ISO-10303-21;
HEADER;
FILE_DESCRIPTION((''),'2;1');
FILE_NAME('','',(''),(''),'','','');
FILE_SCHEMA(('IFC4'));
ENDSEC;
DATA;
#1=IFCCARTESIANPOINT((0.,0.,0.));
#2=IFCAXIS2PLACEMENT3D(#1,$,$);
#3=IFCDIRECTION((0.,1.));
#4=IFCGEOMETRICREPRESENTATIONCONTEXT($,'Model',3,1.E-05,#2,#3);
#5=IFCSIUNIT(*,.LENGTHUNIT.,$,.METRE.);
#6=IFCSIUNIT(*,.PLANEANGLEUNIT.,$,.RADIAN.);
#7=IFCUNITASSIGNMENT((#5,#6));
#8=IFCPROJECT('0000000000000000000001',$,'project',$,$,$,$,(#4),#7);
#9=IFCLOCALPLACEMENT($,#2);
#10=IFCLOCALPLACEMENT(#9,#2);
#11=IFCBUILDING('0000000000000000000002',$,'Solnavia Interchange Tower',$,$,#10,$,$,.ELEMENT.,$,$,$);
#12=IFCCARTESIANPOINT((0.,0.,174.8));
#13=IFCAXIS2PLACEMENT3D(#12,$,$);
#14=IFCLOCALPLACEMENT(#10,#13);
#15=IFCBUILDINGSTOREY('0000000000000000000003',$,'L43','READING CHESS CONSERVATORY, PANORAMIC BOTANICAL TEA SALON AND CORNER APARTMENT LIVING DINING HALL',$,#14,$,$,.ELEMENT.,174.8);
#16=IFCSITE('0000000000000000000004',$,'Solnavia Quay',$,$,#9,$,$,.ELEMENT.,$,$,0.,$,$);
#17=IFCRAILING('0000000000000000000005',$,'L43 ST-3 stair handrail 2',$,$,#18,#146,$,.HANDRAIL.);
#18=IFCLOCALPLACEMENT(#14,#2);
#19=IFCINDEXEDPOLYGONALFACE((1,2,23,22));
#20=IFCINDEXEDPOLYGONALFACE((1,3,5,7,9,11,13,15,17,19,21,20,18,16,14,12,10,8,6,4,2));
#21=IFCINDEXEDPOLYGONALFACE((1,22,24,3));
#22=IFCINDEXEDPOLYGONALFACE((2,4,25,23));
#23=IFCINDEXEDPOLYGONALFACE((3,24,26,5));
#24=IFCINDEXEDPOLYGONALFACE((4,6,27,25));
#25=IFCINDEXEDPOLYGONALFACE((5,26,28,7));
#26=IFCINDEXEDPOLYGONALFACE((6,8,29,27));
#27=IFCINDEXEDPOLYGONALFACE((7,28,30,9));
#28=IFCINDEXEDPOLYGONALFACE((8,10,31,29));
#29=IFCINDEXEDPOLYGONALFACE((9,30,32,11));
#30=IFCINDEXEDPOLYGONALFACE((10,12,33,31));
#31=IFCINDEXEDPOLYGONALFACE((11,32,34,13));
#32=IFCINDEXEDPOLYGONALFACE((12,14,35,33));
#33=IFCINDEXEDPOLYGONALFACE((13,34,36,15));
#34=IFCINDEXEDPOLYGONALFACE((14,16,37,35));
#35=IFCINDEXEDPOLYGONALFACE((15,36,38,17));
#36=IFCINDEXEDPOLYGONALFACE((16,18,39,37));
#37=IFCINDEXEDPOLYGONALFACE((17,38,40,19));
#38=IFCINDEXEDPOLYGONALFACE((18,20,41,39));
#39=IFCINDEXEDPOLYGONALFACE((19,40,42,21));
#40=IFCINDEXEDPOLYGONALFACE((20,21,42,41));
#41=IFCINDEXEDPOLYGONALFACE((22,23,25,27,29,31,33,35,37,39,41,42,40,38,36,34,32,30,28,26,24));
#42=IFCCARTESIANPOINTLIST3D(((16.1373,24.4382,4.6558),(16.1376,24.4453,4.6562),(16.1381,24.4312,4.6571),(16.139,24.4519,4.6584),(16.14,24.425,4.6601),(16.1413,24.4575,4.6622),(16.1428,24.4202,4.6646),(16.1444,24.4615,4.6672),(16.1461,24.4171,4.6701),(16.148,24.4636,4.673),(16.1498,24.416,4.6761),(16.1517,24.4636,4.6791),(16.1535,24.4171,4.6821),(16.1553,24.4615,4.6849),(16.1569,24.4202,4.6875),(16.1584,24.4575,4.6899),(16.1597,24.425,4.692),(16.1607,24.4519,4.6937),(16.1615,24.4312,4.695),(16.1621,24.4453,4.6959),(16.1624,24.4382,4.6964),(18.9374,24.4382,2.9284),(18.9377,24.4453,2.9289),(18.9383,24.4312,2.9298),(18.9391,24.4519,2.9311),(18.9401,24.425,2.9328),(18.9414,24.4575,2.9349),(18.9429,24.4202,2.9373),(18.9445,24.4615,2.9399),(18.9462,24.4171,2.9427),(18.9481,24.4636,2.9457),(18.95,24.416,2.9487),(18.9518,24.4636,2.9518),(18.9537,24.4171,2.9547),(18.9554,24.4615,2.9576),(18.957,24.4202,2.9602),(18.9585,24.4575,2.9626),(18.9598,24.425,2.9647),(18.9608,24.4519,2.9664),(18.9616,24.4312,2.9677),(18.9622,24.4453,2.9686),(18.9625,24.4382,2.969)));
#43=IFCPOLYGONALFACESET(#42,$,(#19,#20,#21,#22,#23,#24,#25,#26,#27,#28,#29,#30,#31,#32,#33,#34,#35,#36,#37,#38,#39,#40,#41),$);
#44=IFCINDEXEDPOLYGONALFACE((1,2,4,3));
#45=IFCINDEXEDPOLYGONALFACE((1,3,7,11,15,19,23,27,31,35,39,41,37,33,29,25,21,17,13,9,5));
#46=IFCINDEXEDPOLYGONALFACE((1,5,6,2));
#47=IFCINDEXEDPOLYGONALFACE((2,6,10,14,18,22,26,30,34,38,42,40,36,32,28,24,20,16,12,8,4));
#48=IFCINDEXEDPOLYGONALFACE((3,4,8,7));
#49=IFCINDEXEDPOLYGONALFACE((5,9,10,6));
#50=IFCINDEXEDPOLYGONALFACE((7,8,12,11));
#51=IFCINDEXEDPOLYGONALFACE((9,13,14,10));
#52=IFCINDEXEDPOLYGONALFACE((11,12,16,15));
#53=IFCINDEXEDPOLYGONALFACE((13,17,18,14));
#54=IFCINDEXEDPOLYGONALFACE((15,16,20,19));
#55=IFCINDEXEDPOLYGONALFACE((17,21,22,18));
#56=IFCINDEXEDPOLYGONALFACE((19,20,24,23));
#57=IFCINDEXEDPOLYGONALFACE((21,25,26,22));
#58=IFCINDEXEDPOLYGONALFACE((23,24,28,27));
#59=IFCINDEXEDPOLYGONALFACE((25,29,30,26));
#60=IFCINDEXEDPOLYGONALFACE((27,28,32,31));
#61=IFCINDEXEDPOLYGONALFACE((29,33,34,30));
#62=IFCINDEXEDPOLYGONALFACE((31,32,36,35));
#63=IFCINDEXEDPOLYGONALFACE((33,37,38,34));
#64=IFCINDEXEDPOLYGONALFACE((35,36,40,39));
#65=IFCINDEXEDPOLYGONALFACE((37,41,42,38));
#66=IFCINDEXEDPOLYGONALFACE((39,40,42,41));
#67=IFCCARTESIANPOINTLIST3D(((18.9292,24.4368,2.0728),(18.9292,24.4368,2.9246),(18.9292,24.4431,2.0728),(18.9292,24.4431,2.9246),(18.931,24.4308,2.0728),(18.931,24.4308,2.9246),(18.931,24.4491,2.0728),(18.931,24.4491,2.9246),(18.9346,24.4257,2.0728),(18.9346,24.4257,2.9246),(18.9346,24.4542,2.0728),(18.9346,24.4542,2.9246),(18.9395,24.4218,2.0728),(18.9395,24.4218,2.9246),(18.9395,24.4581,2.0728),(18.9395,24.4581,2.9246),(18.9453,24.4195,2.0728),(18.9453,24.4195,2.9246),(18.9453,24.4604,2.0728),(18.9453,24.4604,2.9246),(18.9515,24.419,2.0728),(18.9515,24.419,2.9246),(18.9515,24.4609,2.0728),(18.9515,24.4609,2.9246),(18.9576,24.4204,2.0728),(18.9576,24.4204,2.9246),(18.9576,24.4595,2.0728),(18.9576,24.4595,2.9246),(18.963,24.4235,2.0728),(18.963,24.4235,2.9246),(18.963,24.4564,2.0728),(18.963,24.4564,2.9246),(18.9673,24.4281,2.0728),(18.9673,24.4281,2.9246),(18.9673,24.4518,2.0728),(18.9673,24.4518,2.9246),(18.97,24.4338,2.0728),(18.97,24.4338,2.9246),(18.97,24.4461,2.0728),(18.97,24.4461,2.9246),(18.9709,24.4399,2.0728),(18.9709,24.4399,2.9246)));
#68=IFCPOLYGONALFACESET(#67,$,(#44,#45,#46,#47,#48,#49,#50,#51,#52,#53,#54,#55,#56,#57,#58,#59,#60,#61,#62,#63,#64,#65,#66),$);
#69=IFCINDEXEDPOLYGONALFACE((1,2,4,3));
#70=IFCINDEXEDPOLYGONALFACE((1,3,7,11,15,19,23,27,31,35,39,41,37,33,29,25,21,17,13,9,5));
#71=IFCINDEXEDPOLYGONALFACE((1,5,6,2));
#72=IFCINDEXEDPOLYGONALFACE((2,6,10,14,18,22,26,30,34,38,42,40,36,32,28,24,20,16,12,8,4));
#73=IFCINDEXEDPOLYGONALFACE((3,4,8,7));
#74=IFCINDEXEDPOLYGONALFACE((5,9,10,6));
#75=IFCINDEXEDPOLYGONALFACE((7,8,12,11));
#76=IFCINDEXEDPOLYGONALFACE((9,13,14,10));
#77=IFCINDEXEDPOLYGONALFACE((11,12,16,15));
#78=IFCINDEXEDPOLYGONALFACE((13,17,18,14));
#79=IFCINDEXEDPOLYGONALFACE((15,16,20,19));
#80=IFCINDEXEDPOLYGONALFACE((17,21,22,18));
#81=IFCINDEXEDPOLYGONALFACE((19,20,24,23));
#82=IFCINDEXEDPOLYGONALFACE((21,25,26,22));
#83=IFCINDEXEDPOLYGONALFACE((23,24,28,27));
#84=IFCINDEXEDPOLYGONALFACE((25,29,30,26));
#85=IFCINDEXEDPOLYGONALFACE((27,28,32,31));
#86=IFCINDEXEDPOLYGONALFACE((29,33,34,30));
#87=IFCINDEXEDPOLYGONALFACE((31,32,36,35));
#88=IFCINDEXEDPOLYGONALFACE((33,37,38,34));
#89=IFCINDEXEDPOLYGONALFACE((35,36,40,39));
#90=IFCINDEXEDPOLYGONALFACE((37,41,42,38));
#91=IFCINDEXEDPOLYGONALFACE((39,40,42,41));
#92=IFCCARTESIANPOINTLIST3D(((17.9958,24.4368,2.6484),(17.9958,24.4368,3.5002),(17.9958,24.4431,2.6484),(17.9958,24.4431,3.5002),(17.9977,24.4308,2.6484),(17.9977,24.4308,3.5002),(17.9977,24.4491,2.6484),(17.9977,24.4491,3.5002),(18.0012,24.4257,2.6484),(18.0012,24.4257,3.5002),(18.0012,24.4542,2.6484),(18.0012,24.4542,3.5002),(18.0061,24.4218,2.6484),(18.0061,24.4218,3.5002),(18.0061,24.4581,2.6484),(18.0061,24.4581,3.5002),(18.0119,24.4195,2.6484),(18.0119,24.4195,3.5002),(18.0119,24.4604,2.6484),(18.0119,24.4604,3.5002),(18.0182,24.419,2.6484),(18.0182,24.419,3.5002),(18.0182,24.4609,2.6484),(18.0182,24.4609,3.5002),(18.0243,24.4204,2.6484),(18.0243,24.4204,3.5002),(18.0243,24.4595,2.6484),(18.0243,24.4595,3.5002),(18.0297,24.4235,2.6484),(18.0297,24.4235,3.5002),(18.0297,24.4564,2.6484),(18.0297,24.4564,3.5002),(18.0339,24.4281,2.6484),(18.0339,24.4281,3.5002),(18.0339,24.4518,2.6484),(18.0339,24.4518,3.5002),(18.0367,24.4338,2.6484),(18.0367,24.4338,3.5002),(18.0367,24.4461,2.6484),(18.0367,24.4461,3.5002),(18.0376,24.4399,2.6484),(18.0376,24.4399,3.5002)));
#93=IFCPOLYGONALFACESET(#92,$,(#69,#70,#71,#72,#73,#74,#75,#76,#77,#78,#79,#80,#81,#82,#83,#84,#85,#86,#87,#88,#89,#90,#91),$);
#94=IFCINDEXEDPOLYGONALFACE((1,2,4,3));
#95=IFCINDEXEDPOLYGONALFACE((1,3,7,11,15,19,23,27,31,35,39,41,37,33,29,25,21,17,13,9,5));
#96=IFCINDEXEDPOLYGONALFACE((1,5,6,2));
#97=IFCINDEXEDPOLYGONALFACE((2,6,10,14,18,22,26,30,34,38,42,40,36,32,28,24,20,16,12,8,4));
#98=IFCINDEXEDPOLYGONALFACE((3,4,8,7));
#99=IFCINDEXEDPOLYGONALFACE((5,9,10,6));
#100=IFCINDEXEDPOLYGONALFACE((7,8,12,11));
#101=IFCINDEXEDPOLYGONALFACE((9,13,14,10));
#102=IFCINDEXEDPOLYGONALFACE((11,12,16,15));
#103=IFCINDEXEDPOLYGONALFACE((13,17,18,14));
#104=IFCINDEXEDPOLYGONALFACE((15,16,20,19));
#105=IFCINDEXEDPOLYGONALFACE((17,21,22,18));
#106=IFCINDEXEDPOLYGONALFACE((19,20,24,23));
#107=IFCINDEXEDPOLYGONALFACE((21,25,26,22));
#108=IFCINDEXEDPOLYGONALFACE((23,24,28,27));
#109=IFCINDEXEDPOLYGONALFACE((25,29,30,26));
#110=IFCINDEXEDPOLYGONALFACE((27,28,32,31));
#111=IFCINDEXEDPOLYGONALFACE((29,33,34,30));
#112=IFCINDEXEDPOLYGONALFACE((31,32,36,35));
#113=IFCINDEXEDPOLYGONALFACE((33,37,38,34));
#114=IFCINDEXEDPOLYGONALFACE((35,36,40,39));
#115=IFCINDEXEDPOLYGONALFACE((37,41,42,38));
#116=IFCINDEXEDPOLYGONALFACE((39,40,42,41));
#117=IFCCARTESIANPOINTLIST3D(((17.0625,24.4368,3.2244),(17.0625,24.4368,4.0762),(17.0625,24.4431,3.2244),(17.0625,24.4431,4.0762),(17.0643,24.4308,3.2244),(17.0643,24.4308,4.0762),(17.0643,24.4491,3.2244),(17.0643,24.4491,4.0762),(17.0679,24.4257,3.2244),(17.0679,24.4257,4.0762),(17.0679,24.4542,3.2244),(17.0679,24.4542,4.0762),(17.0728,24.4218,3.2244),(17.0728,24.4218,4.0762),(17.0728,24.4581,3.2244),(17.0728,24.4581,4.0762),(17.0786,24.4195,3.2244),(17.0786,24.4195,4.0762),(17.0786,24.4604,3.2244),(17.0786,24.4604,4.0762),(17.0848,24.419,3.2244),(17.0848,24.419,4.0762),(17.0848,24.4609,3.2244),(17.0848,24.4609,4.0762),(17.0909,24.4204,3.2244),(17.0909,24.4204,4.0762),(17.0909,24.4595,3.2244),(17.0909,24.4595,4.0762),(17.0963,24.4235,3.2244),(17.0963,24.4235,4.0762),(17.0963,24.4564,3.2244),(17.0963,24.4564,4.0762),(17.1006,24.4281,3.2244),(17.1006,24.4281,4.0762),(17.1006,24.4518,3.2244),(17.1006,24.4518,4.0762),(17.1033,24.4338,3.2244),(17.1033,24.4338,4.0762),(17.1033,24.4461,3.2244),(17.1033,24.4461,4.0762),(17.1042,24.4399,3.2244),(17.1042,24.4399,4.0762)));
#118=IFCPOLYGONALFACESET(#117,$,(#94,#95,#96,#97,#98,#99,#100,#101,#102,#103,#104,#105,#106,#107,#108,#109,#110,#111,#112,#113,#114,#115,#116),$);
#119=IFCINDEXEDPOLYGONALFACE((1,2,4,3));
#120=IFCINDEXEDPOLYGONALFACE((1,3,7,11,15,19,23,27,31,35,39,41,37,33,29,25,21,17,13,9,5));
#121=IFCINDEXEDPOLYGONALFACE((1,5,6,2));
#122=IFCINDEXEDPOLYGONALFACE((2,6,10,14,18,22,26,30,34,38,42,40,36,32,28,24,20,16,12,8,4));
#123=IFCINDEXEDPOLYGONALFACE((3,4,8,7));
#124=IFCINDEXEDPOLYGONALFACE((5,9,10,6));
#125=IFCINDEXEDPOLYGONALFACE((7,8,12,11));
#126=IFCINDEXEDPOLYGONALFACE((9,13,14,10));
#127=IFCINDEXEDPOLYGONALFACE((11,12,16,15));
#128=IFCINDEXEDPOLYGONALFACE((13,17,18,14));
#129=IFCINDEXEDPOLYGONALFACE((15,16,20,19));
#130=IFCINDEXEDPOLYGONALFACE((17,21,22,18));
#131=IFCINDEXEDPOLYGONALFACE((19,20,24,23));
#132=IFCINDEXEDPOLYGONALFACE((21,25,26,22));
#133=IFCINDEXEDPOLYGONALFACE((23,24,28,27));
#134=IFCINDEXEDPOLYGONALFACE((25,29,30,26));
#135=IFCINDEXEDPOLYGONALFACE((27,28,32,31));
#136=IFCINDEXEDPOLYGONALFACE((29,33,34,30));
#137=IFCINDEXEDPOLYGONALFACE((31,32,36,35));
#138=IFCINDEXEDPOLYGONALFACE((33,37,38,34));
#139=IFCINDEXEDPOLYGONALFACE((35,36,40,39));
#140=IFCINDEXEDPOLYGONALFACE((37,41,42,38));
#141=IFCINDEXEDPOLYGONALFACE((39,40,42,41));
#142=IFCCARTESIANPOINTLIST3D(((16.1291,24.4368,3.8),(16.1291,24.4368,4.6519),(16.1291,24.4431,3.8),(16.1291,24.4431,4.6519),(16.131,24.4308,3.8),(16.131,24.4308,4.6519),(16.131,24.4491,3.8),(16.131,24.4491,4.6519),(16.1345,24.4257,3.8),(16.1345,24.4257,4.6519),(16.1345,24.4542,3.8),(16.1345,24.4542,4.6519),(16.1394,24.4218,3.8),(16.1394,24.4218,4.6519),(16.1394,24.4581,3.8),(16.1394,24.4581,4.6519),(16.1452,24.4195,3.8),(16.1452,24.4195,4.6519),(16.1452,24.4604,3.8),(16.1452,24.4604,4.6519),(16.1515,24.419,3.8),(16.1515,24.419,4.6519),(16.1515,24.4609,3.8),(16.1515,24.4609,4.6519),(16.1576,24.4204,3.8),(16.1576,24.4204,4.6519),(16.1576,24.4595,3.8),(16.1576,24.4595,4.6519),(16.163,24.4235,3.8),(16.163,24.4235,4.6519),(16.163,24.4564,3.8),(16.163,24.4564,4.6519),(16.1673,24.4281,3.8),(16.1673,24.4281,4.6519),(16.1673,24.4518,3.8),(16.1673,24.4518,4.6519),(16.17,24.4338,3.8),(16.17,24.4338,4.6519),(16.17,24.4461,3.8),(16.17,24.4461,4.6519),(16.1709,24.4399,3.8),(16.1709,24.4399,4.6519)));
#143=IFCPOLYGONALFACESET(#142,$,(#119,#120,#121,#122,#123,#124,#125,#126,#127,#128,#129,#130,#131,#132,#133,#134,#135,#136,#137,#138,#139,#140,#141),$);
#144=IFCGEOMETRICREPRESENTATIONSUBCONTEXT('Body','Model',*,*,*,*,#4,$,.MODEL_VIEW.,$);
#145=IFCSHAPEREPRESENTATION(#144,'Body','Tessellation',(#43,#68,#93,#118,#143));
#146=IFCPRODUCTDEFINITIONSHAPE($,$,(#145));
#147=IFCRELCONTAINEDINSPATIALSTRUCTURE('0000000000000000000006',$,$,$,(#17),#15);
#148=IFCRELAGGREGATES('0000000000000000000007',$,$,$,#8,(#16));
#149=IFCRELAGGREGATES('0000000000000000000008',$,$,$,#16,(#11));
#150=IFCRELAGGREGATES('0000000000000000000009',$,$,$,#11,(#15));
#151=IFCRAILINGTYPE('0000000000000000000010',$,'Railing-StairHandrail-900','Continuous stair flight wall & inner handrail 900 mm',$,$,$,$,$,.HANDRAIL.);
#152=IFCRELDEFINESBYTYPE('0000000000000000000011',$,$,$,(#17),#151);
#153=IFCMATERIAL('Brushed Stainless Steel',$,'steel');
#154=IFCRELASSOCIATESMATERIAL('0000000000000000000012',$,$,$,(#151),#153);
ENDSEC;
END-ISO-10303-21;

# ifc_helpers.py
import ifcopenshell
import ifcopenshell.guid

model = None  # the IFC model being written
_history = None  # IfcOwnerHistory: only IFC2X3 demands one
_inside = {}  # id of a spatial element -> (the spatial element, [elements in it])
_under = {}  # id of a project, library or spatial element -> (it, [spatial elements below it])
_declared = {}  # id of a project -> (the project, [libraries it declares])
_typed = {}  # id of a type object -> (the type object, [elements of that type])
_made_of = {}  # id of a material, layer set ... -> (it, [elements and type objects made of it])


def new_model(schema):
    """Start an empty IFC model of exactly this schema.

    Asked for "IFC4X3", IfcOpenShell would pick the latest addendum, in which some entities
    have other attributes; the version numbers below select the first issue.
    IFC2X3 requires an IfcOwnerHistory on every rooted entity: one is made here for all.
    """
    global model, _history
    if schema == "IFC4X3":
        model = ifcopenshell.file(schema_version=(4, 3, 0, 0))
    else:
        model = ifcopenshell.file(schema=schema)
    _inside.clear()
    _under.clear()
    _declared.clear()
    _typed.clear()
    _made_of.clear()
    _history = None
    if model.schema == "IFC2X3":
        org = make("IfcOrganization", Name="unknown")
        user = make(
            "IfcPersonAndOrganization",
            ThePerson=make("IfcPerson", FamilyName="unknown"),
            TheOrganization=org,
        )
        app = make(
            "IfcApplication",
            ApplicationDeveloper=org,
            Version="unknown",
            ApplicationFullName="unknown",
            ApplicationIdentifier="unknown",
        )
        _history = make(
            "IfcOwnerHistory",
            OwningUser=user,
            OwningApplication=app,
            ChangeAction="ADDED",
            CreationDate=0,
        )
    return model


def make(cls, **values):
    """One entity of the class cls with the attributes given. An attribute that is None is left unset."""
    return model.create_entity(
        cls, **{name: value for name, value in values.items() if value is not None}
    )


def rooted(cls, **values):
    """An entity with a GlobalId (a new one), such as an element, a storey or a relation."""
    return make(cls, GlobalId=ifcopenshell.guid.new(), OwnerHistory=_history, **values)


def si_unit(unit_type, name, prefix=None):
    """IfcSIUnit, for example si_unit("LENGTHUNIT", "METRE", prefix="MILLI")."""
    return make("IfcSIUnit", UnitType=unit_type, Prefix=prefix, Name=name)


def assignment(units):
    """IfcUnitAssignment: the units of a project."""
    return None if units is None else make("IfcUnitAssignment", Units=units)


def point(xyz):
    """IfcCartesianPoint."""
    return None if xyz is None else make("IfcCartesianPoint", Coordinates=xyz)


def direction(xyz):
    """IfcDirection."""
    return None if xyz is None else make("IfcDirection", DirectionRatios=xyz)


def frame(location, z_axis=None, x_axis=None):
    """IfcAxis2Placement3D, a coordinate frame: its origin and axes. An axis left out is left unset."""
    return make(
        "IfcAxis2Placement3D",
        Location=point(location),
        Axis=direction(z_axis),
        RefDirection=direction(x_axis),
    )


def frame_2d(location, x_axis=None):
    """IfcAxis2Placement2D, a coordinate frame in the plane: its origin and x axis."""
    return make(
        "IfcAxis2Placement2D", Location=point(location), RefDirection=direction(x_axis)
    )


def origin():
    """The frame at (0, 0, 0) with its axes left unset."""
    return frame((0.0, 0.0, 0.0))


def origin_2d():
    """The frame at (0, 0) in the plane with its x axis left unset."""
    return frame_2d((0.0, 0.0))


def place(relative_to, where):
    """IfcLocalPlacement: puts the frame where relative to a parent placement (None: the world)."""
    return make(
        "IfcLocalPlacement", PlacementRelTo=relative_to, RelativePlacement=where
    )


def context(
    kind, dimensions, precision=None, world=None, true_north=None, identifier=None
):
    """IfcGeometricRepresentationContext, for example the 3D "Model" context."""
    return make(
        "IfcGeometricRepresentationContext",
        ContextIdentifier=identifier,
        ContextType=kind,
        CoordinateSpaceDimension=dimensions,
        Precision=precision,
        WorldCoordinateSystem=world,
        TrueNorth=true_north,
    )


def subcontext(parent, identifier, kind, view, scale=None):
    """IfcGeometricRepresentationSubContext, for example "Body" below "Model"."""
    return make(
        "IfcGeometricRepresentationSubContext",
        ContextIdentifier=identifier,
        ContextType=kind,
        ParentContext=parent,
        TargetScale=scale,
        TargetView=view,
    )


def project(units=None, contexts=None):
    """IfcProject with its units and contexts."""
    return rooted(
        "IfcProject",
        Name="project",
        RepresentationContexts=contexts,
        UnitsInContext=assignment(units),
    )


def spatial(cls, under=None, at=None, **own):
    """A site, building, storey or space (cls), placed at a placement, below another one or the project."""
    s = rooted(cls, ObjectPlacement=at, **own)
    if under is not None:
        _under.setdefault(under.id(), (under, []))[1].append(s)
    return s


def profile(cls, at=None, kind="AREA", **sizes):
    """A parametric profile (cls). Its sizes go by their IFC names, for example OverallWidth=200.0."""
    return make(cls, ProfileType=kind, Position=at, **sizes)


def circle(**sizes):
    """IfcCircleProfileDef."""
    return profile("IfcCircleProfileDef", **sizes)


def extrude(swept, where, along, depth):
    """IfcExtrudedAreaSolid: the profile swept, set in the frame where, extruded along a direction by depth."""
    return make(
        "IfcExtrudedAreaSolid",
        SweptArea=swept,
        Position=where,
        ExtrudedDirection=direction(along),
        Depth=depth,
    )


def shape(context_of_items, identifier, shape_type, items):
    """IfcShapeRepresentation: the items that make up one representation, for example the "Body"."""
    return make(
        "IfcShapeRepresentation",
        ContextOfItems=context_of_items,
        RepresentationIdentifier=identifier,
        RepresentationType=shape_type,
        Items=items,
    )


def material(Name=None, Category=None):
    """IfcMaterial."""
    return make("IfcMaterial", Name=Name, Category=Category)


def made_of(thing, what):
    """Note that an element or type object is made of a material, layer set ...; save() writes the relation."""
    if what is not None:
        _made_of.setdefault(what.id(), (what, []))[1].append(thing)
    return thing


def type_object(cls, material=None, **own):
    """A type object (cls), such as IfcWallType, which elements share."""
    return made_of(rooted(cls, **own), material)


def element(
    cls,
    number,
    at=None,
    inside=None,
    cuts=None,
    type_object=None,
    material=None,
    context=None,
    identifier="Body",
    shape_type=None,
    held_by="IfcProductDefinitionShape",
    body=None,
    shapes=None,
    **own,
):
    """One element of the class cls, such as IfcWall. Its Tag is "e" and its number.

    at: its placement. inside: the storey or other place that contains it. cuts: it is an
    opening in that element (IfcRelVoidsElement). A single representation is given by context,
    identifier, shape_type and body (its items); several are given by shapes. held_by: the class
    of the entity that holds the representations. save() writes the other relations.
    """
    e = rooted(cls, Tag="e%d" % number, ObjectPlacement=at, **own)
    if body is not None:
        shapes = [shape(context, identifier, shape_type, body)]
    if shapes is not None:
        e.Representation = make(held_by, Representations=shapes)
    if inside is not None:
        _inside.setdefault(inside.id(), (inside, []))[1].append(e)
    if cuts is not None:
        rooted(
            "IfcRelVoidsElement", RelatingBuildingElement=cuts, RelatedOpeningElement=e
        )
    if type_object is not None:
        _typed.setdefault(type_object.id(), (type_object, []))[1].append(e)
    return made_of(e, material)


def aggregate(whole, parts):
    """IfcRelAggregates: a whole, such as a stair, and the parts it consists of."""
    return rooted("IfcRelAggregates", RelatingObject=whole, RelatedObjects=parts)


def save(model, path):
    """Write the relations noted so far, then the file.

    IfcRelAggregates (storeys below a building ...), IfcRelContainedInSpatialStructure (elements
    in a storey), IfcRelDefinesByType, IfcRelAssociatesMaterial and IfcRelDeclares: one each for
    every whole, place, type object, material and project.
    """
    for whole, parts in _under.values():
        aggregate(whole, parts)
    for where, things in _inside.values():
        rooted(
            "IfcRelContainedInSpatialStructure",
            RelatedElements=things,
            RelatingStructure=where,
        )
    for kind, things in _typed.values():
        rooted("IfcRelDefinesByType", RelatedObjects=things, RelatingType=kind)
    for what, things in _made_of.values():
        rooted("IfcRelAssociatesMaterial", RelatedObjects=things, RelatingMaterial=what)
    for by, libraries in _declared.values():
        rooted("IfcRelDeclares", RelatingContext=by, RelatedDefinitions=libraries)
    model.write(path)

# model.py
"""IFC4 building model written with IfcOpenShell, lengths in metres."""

from ifc_helpers import new_model, si_unit, direction, frame, origin, origin_2d, place, context, subcontext, project, spatial, circle, extrude, material, type_object, element, save


model = new_model("IFC4")

# Units and contexts
model_context = context("Model", 3, precision=1e-05, world=origin(), true_north=direction((0.0, 1.0)))
body_context = subcontext(model_context, "Body", "Model", "MODEL_VIEW")
ifc_project = project(units=[si_unit("LENGTHUNIT", "METRE"), si_unit("PLANEANGLEUNIT", "RADIAN")], contexts=[model_context])

# Site, building, storey
site_placement = place(None, origin())
site = spatial("IfcSite", under=ifc_project, at=site_placement, Name="Solnavia Quay", CompositionType="ELEMENT", RefElevation=0.0)
building_placement = place(site_placement, origin())
building = spatial("IfcBuilding", under=site, at=building_placement, Name="Solnavia Interchange Tower", CompositionType="ELEMENT")
storey_placement = place(building_placement, frame((0.0, 0.0, 174.8)))
storey = spatial("IfcBuildingStorey", under=building, at=storey_placement, Name="L43", Description="READING CHESS CONSERVATORY, PANORAMIC BOTANICAL TEA SALON AND CORNER APARTMENT LIVING DINING HALL", CompositionType="ELEMENT", Elevation=174.8)

# Railing
ifc_material_1 = material(Name="Brushed Stainless Steel", Category="steel")
railing_type_1 = type_object("IfcRailingType", Name="Railing-StairHandrail-900", Description="Continuous stair flight wall & inner handrail 900 mm", PredefinedType="HANDRAIL", material=ifc_material_1)
railing_1_placement = place(storey_placement, frame((18.95, 24.4399, 2.0728)))
element("IfcRailing", 1, at=railing_1_placement, inside=storey, type_object=railing_type_1, Name="L43 ST-3 stair handrail 2", PredefinedType="HANDRAIL", context=body_context, shape_type="SweptSolid", body=[
    extrude(circle(Radius=0.0239, at=origin_2d()), frame((0.0, 0.0, 0.876), z_axis=(-0.85109, 0.0, 0.52502), x_axis=(0.0, -1.0, 0.0)), (0.0, 0.0, 1.0), 3.29),
    extrude(circle(Radius=0.021, at=origin_2d()), origin(), (0.0, 0.0, 1.0), 0.8518),
    extrude(circle(Radius=0.021, at=origin_2d()), frame((-0.9333, 0.0, 0.5757)), (0.0, 0.0, 1.0), 0.8518),
    extrude(circle(Radius=0.021, at=origin_2d()), frame((-1.8667, 0.0, 1.1516)), (0.0, 0.0, 1.0), 0.8518),
    extrude(circle(Radius=0.021, at=origin_2d()), frame((-2.8, 0.0, 1.7273)), (0.0, 0.0, 1.0), 0.8518),
])

save(model, "model.ifc")
